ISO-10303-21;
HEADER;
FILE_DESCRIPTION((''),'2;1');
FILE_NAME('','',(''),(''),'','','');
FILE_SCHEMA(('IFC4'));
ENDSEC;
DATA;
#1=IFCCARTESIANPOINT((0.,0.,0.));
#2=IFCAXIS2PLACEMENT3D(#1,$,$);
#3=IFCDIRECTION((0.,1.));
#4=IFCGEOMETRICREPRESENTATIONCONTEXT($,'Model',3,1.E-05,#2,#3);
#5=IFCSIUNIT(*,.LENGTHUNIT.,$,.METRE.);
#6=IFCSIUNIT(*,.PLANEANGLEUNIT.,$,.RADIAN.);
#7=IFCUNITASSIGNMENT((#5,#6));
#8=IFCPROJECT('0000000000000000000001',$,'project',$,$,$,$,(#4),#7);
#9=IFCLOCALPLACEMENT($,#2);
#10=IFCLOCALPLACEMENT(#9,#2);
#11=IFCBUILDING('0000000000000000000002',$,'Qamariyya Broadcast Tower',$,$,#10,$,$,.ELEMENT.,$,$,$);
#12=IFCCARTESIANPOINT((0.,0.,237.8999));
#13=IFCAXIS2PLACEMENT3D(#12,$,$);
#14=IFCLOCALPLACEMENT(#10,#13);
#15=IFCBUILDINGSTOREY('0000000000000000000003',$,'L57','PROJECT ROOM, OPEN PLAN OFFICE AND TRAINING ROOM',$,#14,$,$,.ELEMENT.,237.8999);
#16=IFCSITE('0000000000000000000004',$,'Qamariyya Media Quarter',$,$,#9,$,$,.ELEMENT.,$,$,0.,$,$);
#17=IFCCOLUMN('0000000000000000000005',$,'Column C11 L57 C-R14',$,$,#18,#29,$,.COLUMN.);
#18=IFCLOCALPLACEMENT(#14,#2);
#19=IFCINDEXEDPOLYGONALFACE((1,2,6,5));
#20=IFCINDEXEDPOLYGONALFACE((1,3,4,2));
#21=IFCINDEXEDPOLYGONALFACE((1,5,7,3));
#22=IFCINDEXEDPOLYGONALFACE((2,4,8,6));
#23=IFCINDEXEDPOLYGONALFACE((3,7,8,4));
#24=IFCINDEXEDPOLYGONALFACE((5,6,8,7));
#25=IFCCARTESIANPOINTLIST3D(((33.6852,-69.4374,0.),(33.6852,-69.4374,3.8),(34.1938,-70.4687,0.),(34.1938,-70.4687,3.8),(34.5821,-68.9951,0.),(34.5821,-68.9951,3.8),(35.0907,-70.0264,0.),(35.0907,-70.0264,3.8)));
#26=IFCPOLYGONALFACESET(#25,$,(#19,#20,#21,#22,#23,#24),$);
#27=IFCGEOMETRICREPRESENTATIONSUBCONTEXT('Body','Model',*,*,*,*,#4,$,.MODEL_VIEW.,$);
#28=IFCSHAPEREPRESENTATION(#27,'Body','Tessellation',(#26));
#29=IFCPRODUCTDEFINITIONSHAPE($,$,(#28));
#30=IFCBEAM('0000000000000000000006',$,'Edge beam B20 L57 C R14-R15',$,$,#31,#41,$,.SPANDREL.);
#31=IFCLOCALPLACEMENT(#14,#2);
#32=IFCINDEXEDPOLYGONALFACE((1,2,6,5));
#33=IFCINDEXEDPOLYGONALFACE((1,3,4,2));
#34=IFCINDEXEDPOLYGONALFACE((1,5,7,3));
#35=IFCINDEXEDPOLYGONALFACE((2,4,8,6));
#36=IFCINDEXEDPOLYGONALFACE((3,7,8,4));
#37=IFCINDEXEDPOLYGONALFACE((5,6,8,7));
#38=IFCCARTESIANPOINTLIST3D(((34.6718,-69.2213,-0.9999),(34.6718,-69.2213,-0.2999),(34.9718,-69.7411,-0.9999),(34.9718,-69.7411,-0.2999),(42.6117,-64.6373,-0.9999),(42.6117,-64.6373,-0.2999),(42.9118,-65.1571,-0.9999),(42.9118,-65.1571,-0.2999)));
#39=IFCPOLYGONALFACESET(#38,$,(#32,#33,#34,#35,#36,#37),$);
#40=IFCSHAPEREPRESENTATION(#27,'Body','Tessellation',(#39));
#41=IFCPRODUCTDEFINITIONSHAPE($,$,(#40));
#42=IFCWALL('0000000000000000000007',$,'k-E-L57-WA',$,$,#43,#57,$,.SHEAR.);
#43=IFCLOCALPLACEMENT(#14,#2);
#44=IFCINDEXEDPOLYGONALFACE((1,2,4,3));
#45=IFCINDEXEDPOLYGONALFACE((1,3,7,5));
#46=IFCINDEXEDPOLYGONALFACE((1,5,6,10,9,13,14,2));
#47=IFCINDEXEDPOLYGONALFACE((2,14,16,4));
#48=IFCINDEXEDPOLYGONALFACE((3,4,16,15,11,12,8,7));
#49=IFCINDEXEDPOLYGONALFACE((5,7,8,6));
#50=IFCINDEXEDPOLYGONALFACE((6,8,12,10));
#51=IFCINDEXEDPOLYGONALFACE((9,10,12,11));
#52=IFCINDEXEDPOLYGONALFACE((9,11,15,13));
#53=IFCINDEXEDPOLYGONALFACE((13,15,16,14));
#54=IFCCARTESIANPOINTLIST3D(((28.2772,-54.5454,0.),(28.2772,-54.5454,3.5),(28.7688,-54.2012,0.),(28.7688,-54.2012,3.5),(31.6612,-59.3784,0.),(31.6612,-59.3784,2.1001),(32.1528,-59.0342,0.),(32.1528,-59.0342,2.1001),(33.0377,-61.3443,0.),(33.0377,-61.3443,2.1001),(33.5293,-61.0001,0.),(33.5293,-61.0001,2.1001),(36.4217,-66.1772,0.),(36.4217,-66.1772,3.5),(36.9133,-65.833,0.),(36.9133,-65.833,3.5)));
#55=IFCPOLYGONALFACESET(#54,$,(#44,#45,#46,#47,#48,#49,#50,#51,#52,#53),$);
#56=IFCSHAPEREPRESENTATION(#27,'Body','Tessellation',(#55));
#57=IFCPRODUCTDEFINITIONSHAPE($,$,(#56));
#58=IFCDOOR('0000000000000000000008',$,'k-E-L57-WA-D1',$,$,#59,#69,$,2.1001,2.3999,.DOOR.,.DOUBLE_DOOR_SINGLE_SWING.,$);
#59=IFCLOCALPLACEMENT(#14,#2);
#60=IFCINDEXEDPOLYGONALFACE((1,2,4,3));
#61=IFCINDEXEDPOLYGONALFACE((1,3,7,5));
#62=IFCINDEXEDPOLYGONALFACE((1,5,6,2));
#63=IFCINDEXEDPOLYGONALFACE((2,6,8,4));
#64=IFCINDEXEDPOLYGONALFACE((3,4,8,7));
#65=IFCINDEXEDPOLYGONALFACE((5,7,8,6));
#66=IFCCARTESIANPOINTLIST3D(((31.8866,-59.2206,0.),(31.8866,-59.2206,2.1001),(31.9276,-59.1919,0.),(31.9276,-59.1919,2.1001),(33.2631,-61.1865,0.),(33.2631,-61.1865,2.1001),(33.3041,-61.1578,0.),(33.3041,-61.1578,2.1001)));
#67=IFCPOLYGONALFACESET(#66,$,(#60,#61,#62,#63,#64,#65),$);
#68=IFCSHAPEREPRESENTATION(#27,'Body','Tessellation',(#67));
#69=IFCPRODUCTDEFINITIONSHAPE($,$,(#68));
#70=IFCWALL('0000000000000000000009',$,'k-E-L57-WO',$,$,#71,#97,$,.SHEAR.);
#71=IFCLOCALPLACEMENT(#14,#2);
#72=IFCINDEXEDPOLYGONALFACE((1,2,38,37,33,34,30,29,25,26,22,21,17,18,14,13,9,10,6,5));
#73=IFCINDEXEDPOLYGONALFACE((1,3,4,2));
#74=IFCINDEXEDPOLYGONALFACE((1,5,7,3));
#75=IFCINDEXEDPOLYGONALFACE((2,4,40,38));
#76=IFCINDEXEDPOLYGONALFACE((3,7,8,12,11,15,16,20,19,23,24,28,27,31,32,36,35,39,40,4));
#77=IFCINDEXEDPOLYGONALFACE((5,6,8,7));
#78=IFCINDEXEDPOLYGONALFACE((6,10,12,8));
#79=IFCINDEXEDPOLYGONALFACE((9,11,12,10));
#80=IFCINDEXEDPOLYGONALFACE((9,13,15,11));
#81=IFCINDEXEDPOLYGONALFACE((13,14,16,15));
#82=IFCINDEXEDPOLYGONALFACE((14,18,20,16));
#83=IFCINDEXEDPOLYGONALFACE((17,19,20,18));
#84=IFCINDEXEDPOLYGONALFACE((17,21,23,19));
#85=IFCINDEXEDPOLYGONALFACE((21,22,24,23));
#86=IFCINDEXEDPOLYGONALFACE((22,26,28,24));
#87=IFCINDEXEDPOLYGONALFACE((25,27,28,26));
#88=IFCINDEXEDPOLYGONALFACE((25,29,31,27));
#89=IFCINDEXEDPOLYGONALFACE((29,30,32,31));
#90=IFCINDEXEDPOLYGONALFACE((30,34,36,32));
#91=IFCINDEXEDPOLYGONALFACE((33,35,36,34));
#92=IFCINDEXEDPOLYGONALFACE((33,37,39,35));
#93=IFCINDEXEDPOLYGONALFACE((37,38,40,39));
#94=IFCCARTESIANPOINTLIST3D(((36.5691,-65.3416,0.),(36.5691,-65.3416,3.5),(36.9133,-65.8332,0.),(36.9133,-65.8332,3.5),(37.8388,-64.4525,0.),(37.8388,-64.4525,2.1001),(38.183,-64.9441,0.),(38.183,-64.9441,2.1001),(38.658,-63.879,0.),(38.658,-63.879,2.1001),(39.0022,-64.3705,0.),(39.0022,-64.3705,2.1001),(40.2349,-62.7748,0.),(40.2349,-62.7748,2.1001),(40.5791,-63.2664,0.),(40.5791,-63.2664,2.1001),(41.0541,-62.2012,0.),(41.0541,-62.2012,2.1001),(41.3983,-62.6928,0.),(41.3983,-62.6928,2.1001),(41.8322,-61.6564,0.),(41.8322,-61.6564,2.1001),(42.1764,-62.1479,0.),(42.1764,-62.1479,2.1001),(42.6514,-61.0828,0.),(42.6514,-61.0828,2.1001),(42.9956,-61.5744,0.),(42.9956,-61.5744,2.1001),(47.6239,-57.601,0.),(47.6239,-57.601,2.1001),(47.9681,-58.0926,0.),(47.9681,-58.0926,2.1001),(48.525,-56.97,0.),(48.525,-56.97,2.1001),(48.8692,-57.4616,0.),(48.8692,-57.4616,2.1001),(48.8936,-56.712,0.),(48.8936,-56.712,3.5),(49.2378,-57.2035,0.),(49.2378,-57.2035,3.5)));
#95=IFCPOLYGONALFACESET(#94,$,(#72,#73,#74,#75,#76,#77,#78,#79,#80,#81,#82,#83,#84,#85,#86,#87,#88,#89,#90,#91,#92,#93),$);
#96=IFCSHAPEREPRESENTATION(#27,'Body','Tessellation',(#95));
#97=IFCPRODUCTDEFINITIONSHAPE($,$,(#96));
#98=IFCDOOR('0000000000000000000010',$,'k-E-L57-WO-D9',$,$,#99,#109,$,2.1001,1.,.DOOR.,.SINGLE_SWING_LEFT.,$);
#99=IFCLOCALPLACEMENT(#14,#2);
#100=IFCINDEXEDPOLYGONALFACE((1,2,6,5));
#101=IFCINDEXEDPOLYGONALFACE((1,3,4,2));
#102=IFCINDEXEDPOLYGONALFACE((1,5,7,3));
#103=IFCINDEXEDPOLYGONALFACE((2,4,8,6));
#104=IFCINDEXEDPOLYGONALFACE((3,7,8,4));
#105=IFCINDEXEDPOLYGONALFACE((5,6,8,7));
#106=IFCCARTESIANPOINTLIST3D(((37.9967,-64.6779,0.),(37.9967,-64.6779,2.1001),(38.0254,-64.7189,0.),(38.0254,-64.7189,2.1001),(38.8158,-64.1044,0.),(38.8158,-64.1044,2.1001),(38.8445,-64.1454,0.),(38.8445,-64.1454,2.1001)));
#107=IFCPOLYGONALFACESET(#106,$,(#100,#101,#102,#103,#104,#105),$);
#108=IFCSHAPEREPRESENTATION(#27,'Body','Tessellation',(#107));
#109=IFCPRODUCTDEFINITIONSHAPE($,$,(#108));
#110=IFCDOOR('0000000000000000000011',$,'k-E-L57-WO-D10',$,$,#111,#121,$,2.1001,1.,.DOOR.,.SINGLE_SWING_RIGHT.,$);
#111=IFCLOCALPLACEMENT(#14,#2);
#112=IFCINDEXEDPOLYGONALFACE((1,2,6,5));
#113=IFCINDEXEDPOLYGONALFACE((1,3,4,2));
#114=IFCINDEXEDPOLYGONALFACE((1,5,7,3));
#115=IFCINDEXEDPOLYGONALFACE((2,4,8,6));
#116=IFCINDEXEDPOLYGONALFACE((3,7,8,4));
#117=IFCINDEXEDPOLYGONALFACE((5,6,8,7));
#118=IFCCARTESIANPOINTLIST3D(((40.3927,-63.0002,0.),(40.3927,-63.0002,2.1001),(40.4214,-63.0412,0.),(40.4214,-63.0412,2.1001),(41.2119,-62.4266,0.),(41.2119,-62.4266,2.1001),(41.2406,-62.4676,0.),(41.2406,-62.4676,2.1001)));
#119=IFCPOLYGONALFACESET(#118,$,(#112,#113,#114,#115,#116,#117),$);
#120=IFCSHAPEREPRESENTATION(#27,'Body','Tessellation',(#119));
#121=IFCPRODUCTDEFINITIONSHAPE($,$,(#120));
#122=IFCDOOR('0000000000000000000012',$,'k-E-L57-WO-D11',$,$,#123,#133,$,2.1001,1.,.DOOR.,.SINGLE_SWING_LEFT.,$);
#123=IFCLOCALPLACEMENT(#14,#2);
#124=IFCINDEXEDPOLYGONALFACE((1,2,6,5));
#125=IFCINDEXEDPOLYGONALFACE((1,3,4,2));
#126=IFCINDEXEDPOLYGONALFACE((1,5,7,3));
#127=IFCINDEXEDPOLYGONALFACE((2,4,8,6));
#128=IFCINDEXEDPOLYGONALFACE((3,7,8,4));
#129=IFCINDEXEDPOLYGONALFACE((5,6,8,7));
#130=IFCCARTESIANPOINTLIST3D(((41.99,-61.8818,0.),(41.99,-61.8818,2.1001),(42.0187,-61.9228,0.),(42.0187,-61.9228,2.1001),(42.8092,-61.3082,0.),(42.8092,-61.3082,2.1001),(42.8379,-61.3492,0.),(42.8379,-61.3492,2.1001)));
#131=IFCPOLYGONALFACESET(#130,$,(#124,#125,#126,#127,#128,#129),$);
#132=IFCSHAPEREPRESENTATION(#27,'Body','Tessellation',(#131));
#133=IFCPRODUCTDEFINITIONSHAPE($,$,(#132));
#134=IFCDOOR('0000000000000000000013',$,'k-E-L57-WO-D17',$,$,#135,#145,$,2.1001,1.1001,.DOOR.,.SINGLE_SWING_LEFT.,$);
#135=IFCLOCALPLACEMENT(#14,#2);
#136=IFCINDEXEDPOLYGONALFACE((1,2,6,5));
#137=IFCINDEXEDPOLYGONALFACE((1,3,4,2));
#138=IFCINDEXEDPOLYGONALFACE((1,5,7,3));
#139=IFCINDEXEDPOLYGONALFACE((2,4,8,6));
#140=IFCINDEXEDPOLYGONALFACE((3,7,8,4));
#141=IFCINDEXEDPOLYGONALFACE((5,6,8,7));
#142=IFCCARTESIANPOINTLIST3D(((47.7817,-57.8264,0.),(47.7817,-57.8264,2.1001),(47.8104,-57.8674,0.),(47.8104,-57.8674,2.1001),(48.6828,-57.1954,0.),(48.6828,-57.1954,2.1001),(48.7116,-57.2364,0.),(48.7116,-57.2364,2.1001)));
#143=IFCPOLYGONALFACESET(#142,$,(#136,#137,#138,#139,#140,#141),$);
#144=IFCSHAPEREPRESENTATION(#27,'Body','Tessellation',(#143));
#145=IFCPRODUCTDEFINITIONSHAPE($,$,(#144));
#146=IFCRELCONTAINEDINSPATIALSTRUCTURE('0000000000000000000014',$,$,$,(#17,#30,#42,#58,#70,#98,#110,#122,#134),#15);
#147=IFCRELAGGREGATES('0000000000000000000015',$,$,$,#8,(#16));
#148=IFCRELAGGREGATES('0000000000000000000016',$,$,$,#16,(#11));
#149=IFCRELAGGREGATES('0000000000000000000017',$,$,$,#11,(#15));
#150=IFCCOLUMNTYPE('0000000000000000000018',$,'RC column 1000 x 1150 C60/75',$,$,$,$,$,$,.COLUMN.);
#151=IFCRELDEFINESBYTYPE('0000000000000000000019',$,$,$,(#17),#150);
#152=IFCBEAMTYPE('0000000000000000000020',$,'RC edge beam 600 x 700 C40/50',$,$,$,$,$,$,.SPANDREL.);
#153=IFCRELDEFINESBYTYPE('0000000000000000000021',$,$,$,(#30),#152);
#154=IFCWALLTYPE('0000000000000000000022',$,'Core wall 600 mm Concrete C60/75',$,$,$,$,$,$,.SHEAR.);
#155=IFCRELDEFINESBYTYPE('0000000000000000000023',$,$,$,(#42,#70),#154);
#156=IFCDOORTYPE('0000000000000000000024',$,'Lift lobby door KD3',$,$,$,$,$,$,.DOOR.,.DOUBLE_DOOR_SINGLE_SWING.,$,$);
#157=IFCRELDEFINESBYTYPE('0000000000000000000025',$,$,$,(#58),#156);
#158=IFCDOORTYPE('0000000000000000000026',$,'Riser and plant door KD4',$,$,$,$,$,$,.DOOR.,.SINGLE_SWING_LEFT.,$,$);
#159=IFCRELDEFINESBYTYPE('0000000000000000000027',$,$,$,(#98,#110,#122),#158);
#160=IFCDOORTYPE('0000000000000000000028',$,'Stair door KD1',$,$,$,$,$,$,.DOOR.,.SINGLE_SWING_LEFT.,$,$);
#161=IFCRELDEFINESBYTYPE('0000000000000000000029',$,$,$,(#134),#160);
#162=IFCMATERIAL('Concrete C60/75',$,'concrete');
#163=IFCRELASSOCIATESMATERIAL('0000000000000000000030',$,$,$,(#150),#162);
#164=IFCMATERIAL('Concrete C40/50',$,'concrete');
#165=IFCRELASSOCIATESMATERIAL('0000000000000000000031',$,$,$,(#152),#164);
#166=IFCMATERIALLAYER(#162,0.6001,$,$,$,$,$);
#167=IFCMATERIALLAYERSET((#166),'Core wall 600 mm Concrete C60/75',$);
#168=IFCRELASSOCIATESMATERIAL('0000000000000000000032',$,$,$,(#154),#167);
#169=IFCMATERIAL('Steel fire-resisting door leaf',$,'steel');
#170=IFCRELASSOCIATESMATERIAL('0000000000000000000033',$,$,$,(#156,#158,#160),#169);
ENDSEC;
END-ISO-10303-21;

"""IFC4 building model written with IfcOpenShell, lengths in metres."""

from ifc_helpers import new_model, si_unit, direction, frame, frame_2d, origin, origin_2d, place, context, subcontext, project, spatial, rectangle, extrude, material, layer, layer_set, material_profile, profile_set, type_object, element, fill, save


model = new_model("IFC4")

# Units and contexts
model_context = context("Model", 3, precision=1e-05, world=origin(), true_north=direction((0.0, 1.0)))
body_context = subcontext(model_context, "Body", "Model", "MODEL_VIEW")
ifc_project = project(units=[si_unit("LENGTHUNIT", "METRE"), si_unit("PLANEANGLEUNIT", "RADIAN")], contexts=[model_context])

# Site, building, storey
site_placement = place(None, origin())
site = spatial("IfcSite", under=ifc_project, at=site_placement, Name="Qamariyya Media Quarter", CompositionType="ELEMENT", RefElevation=0.0)
building_placement = place(site_placement, origin())
building = spatial("IfcBuilding", under=site, at=building_placement, Name="Qamariyya Broadcast Tower", CompositionType="ELEMENT")
storey_placement = place(building_placement, frame((0.0, 0.0, 237.8999)))
storey = spatial("IfcBuildingStorey", under=building, at=storey_placement, Name="L57", Description="PROJECT ROOM, OPEN PLAN OFFICE AND TRAINING ROOM", CompositionType="ELEMENT", Elevation=237.8999)

# Column
ifc_material_1 = material(Name="Concrete C60/75", Category="concrete")
ifc_material_profile_1 = material_profile(ifc_material_1, rectangle(XDim=1.0, YDim=1.1499, at=origin_2d()))
ifc_profile_set_1 = profile_set([ifc_material_profile_1], Name="Concrete C60/75")
column_type = type_object("IfcColumnType", Name="RC column 1000 x 1150 C60/75", PredefinedType="COLUMN", material=ifc_profile_set_1)
column_placement = place(storey_placement, frame((34.3879, -69.7319, 0.0), z_axis=(0.0, 0.0, 1.0), x_axis=(0.896873, 0.442289, 0.0)))
element("IfcColumn", 1, at=column_placement, inside=storey, type_object=column_type, Name="Column C11 L57 C-R14", PredefinedType="COLUMN", context=body_context, shape_type="SweptSolid", body=[
    extrude(rectangle(XDim=1.0, YDim=1.1499, at=origin_2d()), origin(), (0.0, 0.0, 1.0), 3.8),
])

# Beam
ifc_material_2 = material(Name="Concrete C40/50", Category="concrete")
ifc_material_profile_2 = material_profile(ifc_material_2, rectangle(XDim=0.6001, YDim=0.7, at=origin_2d()))
ifc_profile_set_2 = profile_set([ifc_material_profile_2], Name="Concrete C40/50")
beam_type = type_object("IfcBeamType", Name="RC edge beam 600 x 700 C40/50", PredefinedType="SPANDREL", material=ifc_profile_set_2)
beam_placement = place(storey_placement, frame((34.8218, -69.4812, -0.6499), z_axis=(0.866032, 0.499988, 0.0), x_axis=(-0.499988, 0.866032, 0.0)))
element("IfcBeam", 2, at=beam_placement, inside=storey, type_object=beam_type, Name="Edge beam B20 L57 C R14-R15", PredefinedType="SPANDREL", context=body_context, shape_type="SweptSolid", body=[
    extrude(rectangle(XDim=0.6001, YDim=0.7, at=origin_2d()), origin(), (0.0, 0.0, 1.0), 9.1682),
])

# Wall, opening, door
ifc_layer_1 = layer(ifc_material_1, 0.6001)
ifc_layer_set_1 = layer_set([ifc_layer_1], Name="Core wall 600 mm Concrete C60/75")
wall_type_1 = type_object("IfcWallType", Name="Core wall 600 mm Concrete C60/75", PredefinedType="SHEAR", material=ifc_layer_set_1)
wall_1_placement = place(storey_placement, frame((36.6675, -66.0051, 0.0), z_axis=(0.0, 0.0, 1.0), x_axis=(-0.573568, 0.819158, 0.0)))
wall_1 = element("IfcWall", 3, at=wall_1_placement, inside=storey, type_object=wall_type_1, Name="k-E-L57-WA", PredefinedType="SHEAR", context=body_context, shape_type="SweptSolid", body=[
    extrude(rectangle(XDim=14.1997, YDim=0.6001, at=frame_2d((7.0999, 0.0))), origin(), (0.0, 0.0, 1.0), 3.5),
])
opening_1_placement = place(wall_1_placement, frame((5.8999, 0.0, 0.0)))
opening_1 = element("IfcOpeningElement", 4, at=opening_1_placement, cuts=wall_1, PredefinedType="OPENING", context=body_context, shape_type="SweptSolid", body=[
    extrude(rectangle(XDim=2.3999, YDim=2.1001, at=frame_2d((1.2, 1.05))), frame((0.0, 0.3101, 0.0), z_axis=(0.0, -1.0, 0.0), x_axis=(1.0, 0.0, 0.0)), (0.0, 0.0, 1.0), 0.6201),
])
ifc_material_3 = material(Name="Steel fire-resisting door leaf", Category="steel")
door_type_1 = type_object("IfcDoorType", Name="Lift lobby door KD3", OperationType="DOUBLE_DOOR_SINGLE_SWING", PredefinedType="DOOR", material=ifc_material_3)
door_1_placement = place(opening_1_placement, origin())
door_1 = element("IfcDoor", 5, at=door_1_placement, inside=storey, type_object=door_type_1, Name="k-E-L57-WA-D1", OperationType="DOUBLE_DOOR_SINGLE_SWING", OverallHeight=2.1001, OverallWidth=2.3999, PredefinedType="DOOR", context=body_context, shape_type="SweptSolid", body=[
    extrude(rectangle(XDim=2.3999, YDim=2.1001, at=frame_2d((1.2, 1.05))), frame((0.0, 0.0249, 0.0), z_axis=(0.0, -1.0, 0.0), x_axis=(1.0, 0.0, 0.0)), (0.0, 0.0, 1.0), 0.05),
])
fill(opening_1, door_1)

# Wall, openings, doors
wall_2_placement = place(storey_placement, frame((36.7412, -65.5874, 0.0), z_axis=(0.0, 0.0, 1.0), x_axis=(0.819153, 0.573575, 0.0)))
wall_2 = element("IfcWall", 6, at=wall_2_placement, inside=storey, type_object=wall_type_1, Name="k-E-L57-WO", PredefinedType="SHEAR", context=body_context, shape_type="SweptSolid", body=[
    extrude(rectangle(XDim=15.0454, YDim=0.6001, at=frame_2d((7.5227, 0.0))), origin(), (0.0, 0.0, 1.0), 3.5),
])
opening_2_placement = place(wall_2_placement, frame((1.55, 0.0, 0.0)))
opening_2 = element("IfcOpeningElement", 7, at=opening_2_placement, cuts=wall_2, PredefinedType="OPENING", context=body_context, shape_type="SweptSolid", body=[
    extrude(rectangle(XDim=1.0, YDim=2.1001, at=frame_2d((0.5, 1.05))), frame((0.0, 0.3101, 0.0), z_axis=(0.0, -1.0, 0.0), x_axis=(1.0, 0.0, 0.0)), (0.0, 0.0, 1.0), 0.6201),
])
opening_3_placement = place(wall_2_placement, frame((4.4751, 0.0, 0.0)))
opening_3 = element("IfcOpeningElement", 8, at=opening_3_placement, cuts=wall_2, PredefinedType="OPENING", context=body_context, shape_type="SweptSolid", body=[
    extrude(rectangle(XDim=1.0, YDim=2.1001, at=frame_2d((0.5, 1.05))), frame((0.0, 0.3101, 0.0), z_axis=(0.0, -1.0, 0.0), x_axis=(1.0, 0.0, 0.0)), (0.0, 0.0, 1.0), 0.6201),
])
opening_4_placement = place(wall_2_placement, frame((6.425, 0.0, 0.0)))
opening_4 = element("IfcOpeningElement", 9, at=opening_4_placement, cuts=wall_2, PredefinedType="OPENING", context=body_context, shape_type="SweptSolid", body=[
    extrude(rectangle(XDim=1.0, YDim=2.1001, at=frame_2d((0.5, 1.05))), frame((0.0, 0.3101, 0.0), z_axis=(0.0, -1.0, 0.0), x_axis=(1.0, 0.0, 0.0)), (0.0, 0.0, 1.0), 0.6201),
])
opening_5_placement = place(wall_2_placement, frame((13.4954, 0.0, 0.0)))
opening_5 = element("IfcOpeningElement", 10, at=opening_5_placement, cuts=wall_2, PredefinedType="OPENING", context=body_context, shape_type="SweptSolid", body=[
    extrude(rectangle(XDim=1.1001, YDim=2.1001, at=frame_2d((0.55, 1.05))), frame((0.0, 0.3101, 0.0), z_axis=(0.0, -1.0, 0.0), x_axis=(1.0, 0.0, 0.0)), (0.0, 0.0, 1.0), 0.6201),
])
door_type_2 = type_object("IfcDoorType", Name="Riser and plant door KD4", OperationType="SINGLE_SWING_LEFT", PredefinedType="DOOR", material=ifc_material_3)
door_2_placement = place(opening_2_placement, origin())
door_2 = element("IfcDoor", 11, at=door_2_placement, inside=storey, type_object=door_type_2, Name="k-E-L57-WO-D9", OperationType="SINGLE_SWING_LEFT", OverallHeight=2.1001, OverallWidth=1.0, PredefinedType="DOOR", context=body_context, shape_type="SweptSolid", body=[
    extrude(rectangle(XDim=1.0, YDim=2.1001, at=frame_2d((0.5, 1.05))), frame((0.0, 0.0249, 0.0), z_axis=(0.0, -1.0, 0.0), x_axis=(1.0, 0.0, 0.0)), (0.0, 0.0, 1.0), 0.05),
])
fill(opening_2, door_2)
door_3_placement = place(opening_3_placement, origin())
door_3 = element("IfcDoor", 12, at=door_3_placement, inside=storey, type_object=door_type_2, Name="k-E-L57-WO-D10", OperationType="SINGLE_SWING_RIGHT", OverallHeight=2.1001, OverallWidth=1.0, PredefinedType="DOOR", context=body_context, shape_type="SweptSolid", body=[
    extrude(rectangle(XDim=1.0, YDim=2.1001, at=frame_2d((0.5, 1.05))), frame((0.0, 0.0249, 0.0), z_axis=(0.0, -1.0, 0.0), x_axis=(1.0, 0.0, 0.0)), (0.0, 0.0, 1.0), 0.05),
])
fill(opening_3, door_3)
door_4_placement = place(opening_4_placement, origin())
door_4 = element("IfcDoor", 13, at=door_4_placement, inside=storey, type_object=door_type_2, Name="k-E-L57-WO-D11", OperationType="SINGLE_SWING_LEFT", OverallHeight=2.1001, OverallWidth=1.0, PredefinedType="DOOR", context=body_context, shape_type="SweptSolid", body=[
    extrude(rectangle(XDim=1.0, YDim=2.1001, at=frame_2d((0.5, 1.05))), frame((0.0, 0.0249, 0.0), z_axis=(0.0, -1.0, 0.0), x_axis=(1.0, 0.0, 0.0)), (0.0, 0.0, 1.0), 0.05),
])
fill(opening_4, door_4)
door_type_3 = type_object("IfcDoorType", Name="Stair door KD1", OperationType="SINGLE_SWING_LEFT", PredefinedType="DOOR", material=ifc_material_3)
door_5_placement = place(opening_5_placement, origin())
door_5 = element("IfcDoor", 14, at=door_5_placement, inside=storey, type_object=door_type_3, Name="k-E-L57-WO-D17", OperationType="SINGLE_SWING_LEFT", OverallHeight=2.1001, OverallWidth=1.1001, PredefinedType="DOOR", context=body_context, shape_type="SweptSolid", body=[
    extrude(rectangle(XDim=1.1001, YDim=2.1001, at=frame_2d((0.55, 1.05))), frame((0.0, 0.0249, 0.0), z_axis=(0.0, -1.0, 0.0), x_axis=(1.0, 0.0, 0.0)), (0.0, 0.0, 1.0), 0.05),
])
fill(opening_5, door_5)

save(model, "model.ifc")
